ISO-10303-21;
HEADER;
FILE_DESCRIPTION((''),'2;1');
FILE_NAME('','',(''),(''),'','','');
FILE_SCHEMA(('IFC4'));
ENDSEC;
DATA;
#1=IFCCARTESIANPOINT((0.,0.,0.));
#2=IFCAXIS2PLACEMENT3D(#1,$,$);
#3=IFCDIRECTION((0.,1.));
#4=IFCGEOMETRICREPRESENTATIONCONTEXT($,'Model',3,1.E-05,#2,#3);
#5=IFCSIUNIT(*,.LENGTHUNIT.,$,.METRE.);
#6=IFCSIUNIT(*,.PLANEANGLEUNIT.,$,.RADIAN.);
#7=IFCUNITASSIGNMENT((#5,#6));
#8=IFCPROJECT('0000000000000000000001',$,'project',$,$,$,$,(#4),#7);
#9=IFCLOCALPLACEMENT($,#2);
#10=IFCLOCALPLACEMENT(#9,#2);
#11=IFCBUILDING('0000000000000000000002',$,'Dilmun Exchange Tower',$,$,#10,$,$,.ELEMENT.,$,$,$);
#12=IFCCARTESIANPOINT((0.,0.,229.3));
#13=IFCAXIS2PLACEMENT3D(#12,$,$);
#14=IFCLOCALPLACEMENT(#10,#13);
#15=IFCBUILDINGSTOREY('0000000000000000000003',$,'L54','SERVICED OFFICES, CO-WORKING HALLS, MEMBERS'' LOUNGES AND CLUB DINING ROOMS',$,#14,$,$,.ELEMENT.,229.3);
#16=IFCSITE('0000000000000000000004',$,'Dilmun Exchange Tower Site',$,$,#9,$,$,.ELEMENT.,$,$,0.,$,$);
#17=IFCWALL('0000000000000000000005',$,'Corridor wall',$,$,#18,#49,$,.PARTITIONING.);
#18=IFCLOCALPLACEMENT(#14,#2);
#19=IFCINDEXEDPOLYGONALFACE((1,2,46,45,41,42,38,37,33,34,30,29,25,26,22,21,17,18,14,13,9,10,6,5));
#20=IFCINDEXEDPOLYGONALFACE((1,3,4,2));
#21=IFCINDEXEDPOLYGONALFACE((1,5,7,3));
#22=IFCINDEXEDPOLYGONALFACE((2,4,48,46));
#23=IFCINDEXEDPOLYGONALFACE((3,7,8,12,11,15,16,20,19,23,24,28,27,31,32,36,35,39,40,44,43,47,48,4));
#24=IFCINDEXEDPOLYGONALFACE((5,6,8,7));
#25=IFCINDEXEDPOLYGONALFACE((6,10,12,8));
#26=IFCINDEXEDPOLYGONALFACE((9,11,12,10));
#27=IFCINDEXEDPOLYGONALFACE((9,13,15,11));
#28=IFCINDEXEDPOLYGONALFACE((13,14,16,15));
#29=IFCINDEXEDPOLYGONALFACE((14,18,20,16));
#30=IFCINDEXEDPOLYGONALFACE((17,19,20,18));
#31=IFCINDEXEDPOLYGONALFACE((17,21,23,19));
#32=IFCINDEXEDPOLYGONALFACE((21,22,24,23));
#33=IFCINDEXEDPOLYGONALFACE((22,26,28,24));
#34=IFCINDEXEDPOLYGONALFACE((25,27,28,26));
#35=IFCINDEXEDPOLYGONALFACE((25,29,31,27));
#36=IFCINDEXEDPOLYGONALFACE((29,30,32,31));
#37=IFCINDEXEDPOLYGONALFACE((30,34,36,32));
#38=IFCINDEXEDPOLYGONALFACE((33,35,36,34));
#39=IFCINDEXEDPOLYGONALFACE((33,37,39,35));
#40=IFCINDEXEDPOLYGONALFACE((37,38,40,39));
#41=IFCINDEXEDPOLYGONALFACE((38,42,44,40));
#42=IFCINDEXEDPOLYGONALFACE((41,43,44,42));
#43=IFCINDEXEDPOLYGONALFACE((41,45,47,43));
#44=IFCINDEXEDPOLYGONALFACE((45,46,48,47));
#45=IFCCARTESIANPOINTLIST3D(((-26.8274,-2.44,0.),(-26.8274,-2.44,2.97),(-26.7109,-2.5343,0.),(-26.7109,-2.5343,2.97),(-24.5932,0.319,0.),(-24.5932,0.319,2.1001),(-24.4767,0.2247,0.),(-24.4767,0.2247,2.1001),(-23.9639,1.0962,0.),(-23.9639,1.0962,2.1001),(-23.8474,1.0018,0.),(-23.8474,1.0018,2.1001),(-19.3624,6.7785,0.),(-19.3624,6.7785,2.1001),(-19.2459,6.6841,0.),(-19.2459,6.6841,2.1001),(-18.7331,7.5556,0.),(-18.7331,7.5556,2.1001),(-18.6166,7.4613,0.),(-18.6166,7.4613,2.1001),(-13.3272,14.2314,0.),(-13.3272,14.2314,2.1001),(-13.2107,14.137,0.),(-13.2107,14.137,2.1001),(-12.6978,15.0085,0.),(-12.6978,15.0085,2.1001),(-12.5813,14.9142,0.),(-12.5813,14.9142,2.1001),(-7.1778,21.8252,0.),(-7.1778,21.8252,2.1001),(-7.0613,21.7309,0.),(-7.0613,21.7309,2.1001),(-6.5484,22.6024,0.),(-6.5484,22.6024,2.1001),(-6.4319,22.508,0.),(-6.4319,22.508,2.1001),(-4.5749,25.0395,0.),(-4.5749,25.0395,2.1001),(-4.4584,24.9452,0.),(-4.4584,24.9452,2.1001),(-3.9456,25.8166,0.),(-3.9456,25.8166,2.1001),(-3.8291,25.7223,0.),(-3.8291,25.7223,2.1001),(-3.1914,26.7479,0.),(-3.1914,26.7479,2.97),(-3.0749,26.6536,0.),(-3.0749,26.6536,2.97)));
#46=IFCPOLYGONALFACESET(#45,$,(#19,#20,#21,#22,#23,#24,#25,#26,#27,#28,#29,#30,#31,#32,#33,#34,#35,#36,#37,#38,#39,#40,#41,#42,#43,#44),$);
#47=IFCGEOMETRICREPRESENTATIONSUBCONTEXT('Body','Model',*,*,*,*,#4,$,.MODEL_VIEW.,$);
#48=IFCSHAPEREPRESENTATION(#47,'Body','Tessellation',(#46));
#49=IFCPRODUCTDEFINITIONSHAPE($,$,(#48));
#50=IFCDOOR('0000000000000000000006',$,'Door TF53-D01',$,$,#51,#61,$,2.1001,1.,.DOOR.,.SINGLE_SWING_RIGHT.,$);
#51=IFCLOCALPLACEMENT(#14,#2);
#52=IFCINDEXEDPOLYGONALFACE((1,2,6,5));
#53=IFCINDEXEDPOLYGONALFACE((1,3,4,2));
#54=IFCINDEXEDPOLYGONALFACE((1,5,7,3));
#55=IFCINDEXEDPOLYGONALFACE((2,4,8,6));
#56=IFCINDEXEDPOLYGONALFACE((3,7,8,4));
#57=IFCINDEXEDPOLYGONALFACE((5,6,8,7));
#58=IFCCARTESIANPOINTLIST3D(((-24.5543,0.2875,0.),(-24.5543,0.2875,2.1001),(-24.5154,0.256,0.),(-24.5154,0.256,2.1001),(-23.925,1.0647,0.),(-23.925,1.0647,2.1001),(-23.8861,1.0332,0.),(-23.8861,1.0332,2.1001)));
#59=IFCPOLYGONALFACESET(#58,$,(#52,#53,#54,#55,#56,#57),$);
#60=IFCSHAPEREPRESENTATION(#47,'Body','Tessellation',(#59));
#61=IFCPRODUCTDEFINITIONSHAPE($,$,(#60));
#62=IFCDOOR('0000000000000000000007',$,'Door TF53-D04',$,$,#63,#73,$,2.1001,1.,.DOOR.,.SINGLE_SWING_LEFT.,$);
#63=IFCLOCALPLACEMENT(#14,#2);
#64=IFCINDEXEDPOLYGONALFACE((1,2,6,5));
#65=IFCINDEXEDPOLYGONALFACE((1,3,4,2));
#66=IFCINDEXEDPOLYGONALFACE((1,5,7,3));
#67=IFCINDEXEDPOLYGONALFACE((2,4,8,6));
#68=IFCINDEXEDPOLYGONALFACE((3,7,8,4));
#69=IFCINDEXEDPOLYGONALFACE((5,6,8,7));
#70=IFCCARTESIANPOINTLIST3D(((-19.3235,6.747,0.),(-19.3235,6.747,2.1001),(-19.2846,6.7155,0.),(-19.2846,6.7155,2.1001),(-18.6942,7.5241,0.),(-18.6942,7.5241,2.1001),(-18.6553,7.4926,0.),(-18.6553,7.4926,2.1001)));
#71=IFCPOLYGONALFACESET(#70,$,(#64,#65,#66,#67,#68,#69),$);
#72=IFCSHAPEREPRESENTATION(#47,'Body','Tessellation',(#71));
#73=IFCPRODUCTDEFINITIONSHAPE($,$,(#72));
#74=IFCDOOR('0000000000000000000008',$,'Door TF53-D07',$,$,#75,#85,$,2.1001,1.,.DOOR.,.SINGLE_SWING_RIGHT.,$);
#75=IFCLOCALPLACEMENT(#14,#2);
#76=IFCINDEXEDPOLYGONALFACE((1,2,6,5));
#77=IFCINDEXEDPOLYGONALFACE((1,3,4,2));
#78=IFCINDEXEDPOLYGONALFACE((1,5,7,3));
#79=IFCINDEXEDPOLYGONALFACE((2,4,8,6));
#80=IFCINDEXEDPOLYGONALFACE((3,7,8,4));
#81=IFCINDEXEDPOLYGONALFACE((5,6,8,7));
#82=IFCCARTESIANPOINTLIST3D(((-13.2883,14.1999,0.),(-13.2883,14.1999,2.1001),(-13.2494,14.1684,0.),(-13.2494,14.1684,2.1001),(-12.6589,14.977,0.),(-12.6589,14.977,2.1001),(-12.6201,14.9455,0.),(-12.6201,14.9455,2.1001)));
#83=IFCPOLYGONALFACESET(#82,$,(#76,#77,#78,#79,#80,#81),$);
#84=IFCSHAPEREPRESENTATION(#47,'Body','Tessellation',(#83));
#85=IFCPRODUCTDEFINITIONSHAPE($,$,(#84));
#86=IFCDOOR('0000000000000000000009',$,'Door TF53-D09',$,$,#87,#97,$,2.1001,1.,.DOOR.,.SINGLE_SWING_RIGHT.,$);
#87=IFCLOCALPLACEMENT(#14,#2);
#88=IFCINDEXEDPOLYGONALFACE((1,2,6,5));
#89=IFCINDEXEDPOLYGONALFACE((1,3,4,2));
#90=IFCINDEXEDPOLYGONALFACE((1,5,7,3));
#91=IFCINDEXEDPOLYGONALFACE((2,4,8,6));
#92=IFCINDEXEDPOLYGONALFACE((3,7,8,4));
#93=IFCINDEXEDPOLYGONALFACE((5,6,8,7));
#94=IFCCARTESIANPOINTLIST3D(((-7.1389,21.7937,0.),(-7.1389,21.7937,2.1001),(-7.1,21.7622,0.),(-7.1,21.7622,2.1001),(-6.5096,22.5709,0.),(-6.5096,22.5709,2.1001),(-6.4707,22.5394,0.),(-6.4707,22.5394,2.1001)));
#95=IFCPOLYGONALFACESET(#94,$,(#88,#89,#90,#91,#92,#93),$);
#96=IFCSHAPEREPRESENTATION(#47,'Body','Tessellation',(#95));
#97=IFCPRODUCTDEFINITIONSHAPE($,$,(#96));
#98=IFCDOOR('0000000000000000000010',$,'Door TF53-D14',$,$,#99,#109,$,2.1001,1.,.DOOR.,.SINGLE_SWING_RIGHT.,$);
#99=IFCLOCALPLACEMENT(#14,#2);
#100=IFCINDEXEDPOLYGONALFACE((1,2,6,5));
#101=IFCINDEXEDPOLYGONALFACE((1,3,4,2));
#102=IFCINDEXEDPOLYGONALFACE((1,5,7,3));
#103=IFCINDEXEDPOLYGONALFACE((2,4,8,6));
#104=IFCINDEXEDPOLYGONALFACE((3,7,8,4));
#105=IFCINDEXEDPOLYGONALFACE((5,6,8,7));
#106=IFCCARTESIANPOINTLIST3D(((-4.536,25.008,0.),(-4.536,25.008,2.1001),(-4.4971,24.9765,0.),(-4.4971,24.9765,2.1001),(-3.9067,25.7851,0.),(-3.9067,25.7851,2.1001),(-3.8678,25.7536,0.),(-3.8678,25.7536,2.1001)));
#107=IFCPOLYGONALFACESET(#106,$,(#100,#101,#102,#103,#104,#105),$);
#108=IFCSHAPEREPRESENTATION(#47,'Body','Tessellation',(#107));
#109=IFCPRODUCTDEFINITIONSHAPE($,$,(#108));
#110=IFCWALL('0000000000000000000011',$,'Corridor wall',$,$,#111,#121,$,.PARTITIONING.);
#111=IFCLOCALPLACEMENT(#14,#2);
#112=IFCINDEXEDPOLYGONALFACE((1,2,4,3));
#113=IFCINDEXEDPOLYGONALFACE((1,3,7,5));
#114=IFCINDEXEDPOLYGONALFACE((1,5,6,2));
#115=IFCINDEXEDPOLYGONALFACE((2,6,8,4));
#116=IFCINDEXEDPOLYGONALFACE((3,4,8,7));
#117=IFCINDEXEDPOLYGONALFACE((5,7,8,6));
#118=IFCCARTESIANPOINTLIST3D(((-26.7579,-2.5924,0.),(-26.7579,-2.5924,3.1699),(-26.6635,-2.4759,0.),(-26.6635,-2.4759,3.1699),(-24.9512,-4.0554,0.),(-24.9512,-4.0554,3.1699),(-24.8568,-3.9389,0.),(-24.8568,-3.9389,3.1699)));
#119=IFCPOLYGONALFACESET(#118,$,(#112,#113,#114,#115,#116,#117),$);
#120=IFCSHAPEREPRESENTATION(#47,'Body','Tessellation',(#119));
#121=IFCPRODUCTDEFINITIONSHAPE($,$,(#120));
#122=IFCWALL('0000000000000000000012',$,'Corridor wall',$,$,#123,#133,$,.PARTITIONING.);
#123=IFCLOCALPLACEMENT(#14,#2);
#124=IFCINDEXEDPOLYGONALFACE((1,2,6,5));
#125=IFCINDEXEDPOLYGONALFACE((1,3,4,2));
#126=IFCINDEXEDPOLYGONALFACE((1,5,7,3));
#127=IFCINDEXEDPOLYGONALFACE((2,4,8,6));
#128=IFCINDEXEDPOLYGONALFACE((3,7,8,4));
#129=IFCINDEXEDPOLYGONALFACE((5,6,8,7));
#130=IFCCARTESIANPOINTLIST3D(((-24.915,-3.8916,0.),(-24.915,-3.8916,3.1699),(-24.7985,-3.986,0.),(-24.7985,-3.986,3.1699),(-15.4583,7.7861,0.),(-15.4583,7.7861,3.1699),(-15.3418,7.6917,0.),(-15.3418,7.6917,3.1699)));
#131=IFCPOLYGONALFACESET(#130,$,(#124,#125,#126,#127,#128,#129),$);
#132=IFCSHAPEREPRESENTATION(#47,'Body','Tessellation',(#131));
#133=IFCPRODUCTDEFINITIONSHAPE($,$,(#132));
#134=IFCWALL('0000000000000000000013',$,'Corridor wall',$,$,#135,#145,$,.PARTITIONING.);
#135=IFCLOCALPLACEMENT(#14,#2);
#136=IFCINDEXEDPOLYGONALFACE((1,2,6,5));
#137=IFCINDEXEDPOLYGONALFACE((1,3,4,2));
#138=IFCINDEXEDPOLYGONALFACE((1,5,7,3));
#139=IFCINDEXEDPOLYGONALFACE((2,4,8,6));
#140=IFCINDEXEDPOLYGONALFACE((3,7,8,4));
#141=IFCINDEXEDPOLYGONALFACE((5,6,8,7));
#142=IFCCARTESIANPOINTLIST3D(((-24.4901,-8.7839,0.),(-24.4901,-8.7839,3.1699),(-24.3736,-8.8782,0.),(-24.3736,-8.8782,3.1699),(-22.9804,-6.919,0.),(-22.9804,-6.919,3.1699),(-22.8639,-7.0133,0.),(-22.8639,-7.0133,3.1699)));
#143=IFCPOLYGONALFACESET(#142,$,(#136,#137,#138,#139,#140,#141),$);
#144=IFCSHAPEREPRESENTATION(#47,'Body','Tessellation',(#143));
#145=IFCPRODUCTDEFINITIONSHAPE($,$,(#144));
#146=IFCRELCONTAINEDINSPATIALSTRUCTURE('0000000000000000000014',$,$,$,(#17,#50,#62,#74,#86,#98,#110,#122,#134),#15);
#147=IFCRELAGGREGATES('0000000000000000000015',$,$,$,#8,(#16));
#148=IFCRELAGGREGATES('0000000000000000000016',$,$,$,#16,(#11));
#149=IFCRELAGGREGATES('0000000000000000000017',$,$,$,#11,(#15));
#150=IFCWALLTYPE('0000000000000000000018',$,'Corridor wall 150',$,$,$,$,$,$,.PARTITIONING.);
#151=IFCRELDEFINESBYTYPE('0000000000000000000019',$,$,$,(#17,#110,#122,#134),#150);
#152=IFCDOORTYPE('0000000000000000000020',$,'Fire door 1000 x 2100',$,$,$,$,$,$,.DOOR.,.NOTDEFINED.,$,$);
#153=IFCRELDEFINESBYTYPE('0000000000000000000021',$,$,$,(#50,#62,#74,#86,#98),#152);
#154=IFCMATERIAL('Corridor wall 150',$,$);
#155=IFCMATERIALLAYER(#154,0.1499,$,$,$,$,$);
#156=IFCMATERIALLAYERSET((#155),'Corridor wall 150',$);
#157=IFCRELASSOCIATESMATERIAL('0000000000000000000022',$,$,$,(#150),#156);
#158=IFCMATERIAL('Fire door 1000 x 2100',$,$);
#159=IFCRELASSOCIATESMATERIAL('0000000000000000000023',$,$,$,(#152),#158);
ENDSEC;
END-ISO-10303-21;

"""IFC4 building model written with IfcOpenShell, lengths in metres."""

from ifc_helpers import new_model, si_unit, direction, frame, frame_2d, origin, place, context, subcontext, project, spatial, rectangle, extrude, material, layer, layer_set, type_object, element, fill, save


model = new_model("IFC4")

# Units and contexts
model_context = context("Model", 3, precision=1e-05, world=origin(), true_north=direction((0.0, 1.0)))
body_context = subcontext(model_context, "Body", "Model", "MODEL_VIEW")
ifc_project = project(units=[si_unit("LENGTHUNIT", "METRE"), si_unit("PLANEANGLEUNIT", "RADIAN")], contexts=[model_context])

# Site, building, storey
site_placement = place(None, origin())
site = spatial("IfcSite", under=ifc_project, at=site_placement, Name="Dilmun Exchange Tower Site", CompositionType="ELEMENT", RefElevation=0.0)
building_placement = place(site_placement, origin())
building = spatial("IfcBuilding", under=site, at=building_placement, Name="Dilmun Exchange Tower", CompositionType="ELEMENT")
storey_placement = place(building_placement, frame((0.0, 0.0, 229.3)))
storey = spatial("IfcBuildingStorey", under=building, at=storey_placement, Name="L54", Description="SERVICED OFFICES, CO-WORKING HALLS, MEMBERS' LOUNGES AND CLUB DINING ROOMS", CompositionType="ELEMENT", Elevation=229.3)

# Wall, openings, doors
ifc_material_1 = material(Name="Corridor wall 150")
ifc_layer_1 = layer(ifc_material_1, 0.1499)
ifc_layer_set_1 = layer_set([ifc_layer_1], Name="Corridor wall 150")
wall_type_1 = type_object("IfcWallType", Name="Corridor wall 150", PredefinedType="PARTITIONING", material=ifc_layer_set_1)
wall_1_placement = place(storey_placement, frame((-26.769, -2.4871, 0.0), z_axis=(0.0, 0.0, 1.0), x_axis=(0.629321, 0.777146, 0.0)))
wall_1 = element("IfcWall", 1, at=wall_1_placement, inside=storey, type_object=wall_type_1, Name="Corridor wall", PredefinedType="PARTITIONING", context=body_context, shape_type="SweptSolid", body=[
    extrude(rectangle(XDim=37.5579, YDim=0.1499, at=frame_2d((18.7788, 0.0))), origin(), (0.0, 0.0, 1.0), 2.97),
])
opening_1_placement = place(wall_1_placement, frame((3.55, 0.0, 0.0)))
opening_1 = element("IfcOpeningElement", 2, at=opening_1_placement, cuts=wall_1, PredefinedType="OPENING", context=body_context, shape_type="SweptSolid", body=[
    extrude(rectangle(XDim=1.0, YDim=2.1001, at=frame_2d((0.5, 1.05))), frame((0.0, 0.085, 0.0), z_axis=(0.0, -1.0, 0.0), x_axis=(1.0, 0.0, 0.0)), (0.0, 0.0, 1.0), 0.1699),
])
opening_2_placement = place(wall_1_placement, frame((11.8618, 0.0, 0.0)))
opening_2 = element("IfcOpeningElement", 3, at=opening_2_placement, cuts=wall_1, PredefinedType="OPENING", context=body_context, shape_type="SweptSolid", body=[
    extrude(rectangle(XDim=1.0, YDim=2.1001, at=frame_2d((0.5, 1.05))), frame((0.0, 0.085, 0.0), z_axis=(0.0, -1.0, 0.0), x_axis=(1.0, 0.0, 0.0)), (0.0, 0.0, 1.0), 0.1699),
])
opening_3_placement = place(wall_1_placement, frame((21.4519, 0.0, 0.0)))
opening_3 = element("IfcOpeningElement", 4, at=opening_3_placement, cuts=wall_1, PredefinedType="OPENING", context=body_context, shape_type="SweptSolid", body=[
    extrude(rectangle(XDim=1.0, YDim=2.1001, at=frame_2d((0.5, 1.05))), frame((0.0, 0.085, 0.0), z_axis=(0.0, -1.0, 0.0), x_axis=(1.0, 0.0, 0.0)), (0.0, 0.0, 1.0), 0.1699),
])
opening_4_placement = place(wall_1_placement, frame((31.2234, 0.0, 0.0)))
opening_4 = element("IfcOpeningElement", 5, at=opening_4_placement, cuts=wall_1, PredefinedType="OPENING", context=body_context, shape_type="SweptSolid", body=[
    extrude(rectangle(XDim=1.0, YDim=2.1001, at=frame_2d((0.5, 1.05))), frame((0.0, 0.085, 0.0), z_axis=(0.0, -1.0, 0.0), x_axis=(1.0, 0.0, 0.0)), (0.0, 0.0, 1.0), 0.1699),
])
opening_5_placement = place(wall_1_placement, frame((35.3594, 0.0, 0.0)))
opening_5 = element("IfcOpeningElement", 6, at=opening_5_placement, cuts=wall_1, PredefinedType="OPENING", context=body_context, shape_type="SweptSolid", body=[
    extrude(rectangle(XDim=1.0, YDim=2.1001, at=frame_2d((0.5, 1.05))), frame((0.0, 0.085, 0.0), z_axis=(0.0, -1.0, 0.0), x_axis=(1.0, 0.0, 0.0)), (0.0, 0.0, 1.0), 0.1699),
])
ifc_material_2 = material(Name="Fire door 1000 x 2100")
door_type_1 = type_object("IfcDoorType", Name="Fire door 1000 x 2100", OperationType="NOTDEFINED", PredefinedType="DOOR", material=ifc_material_2)
door_1_placement = place(opening_1_placement, origin())
door_1 = element("IfcDoor", 7, at=door_1_placement, inside=storey, type_object=door_type_1, Name="Door TF53-D01", OperationType="SINGLE_SWING_RIGHT", OverallHeight=2.1001, OverallWidth=1.0, PredefinedType="DOOR", context=body_context, shape_type="SweptSolid", body=[
    extrude(rectangle(XDim=1.0, YDim=2.1001, at=frame_2d((0.5, 1.05))), frame((0.0, 0.0249, 0.0), z_axis=(0.0, -1.0, 0.0), x_axis=(1.0, 0.0, 0.0)), (0.0, 0.0, 1.0), 0.05),
])
fill(opening_1, door_1)
door_2_placement = place(opening_2_placement, origin())
door_2 = element("IfcDoor", 8, at=door_2_placement, inside=storey, type_object=door_type_1, Name="Door TF53-D04", OperationType="SINGLE_SWING_LEFT", OverallHeight=2.1001, OverallWidth=1.0, PredefinedType="DOOR", context=body_context, shape_type="SweptSolid", body=[
    extrude(rectangle(XDim=1.0, YDim=2.1001, at=frame_2d((0.5, 1.05))), frame((0.0, 0.0249, 0.0), z_axis=(0.0, -1.0, 0.0), x_axis=(1.0, 0.0, 0.0)), (0.0, 0.0, 1.0), 0.05),
])
fill(opening_2, door_2)
door_3_placement = place(opening_3_placement, origin())
door_3 = element("IfcDoor", 9, at=door_3_placement, inside=storey, type_object=door_type_1, Name="Door TF53-D07", OperationType="SINGLE_SWING_RIGHT", OverallHeight=2.1001, OverallWidth=1.0, PredefinedType="DOOR", context=body_context, shape_type="SweptSolid", body=[
    extrude(rectangle(XDim=1.0, YDim=2.1001, at=frame_2d((0.5, 1.05))), frame((0.0, 0.0249, 0.0), z_axis=(0.0, -1.0, 0.0), x_axis=(1.0, 0.0, 0.0)), (0.0, 0.0, 1.0), 0.05),
])
fill(opening_3, door_3)
door_4_placement = place(opening_4_placement, origin())
door_4 = element("IfcDoor", 10, at=door_4_placement, inside=storey, type_object=door_type_1, Name="Door TF53-D09", OperationType="SINGLE_SWING_RIGHT", OverallHeight=2.1001, OverallWidth=1.0, PredefinedType="DOOR", context=body_context, shape_type="SweptSolid", body=[
    extrude(rectangle(XDim=1.0, YDim=2.1001, at=frame_2d((0.5, 1.05))), frame((0.0, 0.0249, 0.0), z_axis=(0.0, -1.0, 0.0), x_axis=(1.0, 0.0, 0.0)), (0.0, 0.0, 1.0), 0.05),
])
fill(opening_4, door_4)
door_5_placement = place(opening_5_placement, origin())
door_5 = element("IfcDoor", 11, at=door_5_placement, inside=storey, type_object=door_type_1, Name="Door TF53-D14", OperationType="SINGLE_SWING_RIGHT", OverallHeight=2.1001, OverallWidth=1.0, PredefinedType="DOOR", context=body_context, shape_type="SweptSolid", body=[
    extrude(rectangle(XDim=1.0, YDim=2.1001, at=frame_2d((0.5, 1.05))), frame((0.0, 0.0249, 0.0), z_axis=(0.0, -1.0, 0.0), x_axis=(1.0, 0.0, 0.0)), (0.0, 0.0, 1.0), 0.05),
])
fill(opening_5, door_5)

# Walls
wall_2_placement = place(storey_placement, frame((-26.7107, -2.5342, 0.0), z_axis=(0.0, 0.0, 1.0), x_axis=(0.777167, -0.629295, 0.0)))
element("IfcWall", 12, at=wall_2_placement, inside=storey, type_object=wall_type_1, Name="Corridor wall", PredefinedType="PARTITIONING", context=body_context, shape_type="SweptSolid", body=[
    extrude(rectangle(XDim=2.3247, YDim=0.1499, at=frame_2d((1.1624, 0.0))), origin(), (0.0, 0.0, 1.0), 3.1699),
])
wall_3_placement = place(storey_placement, frame((-24.8567, -3.9387, 0.0), z_axis=(0.0, 0.0, 1.0), x_axis=(0.629334, 0.777135, 0.0)))
element("IfcWall", 13, at=wall_3_placement, inside=storey, type_object=wall_type_1, Name="Corridor wall", PredefinedType="PARTITIONING", context=body_context, shape_type="SweptSolid", body=[
    extrude(rectangle(XDim=15.0266, YDim=0.1499, at=frame_2d((7.5132, 0.0))), origin(), (0.0, 0.0, 1.0), 3.1699),
])
wall_4_placement = place(storey_placement, frame((-24.4319, -8.8311, 0.0), z_axis=(0.0, 0.0, 1.0), x_axis=(0.629201, 0.777243, 0.0)))
element("IfcWall", 14, at=wall_4_placement, inside=storey, type_object=wall_type_1, Name="Corridor wall", PredefinedType="PARTITIONING", context=body_context, shape_type="SweptSolid", body=[
    extrude(rectangle(XDim=2.3994, YDim=0.1499, at=frame_2d((1.1997, 0.0))), origin(), (0.0, 0.0, 1.0), 3.1699),
])

save(model, "model.ifc")
